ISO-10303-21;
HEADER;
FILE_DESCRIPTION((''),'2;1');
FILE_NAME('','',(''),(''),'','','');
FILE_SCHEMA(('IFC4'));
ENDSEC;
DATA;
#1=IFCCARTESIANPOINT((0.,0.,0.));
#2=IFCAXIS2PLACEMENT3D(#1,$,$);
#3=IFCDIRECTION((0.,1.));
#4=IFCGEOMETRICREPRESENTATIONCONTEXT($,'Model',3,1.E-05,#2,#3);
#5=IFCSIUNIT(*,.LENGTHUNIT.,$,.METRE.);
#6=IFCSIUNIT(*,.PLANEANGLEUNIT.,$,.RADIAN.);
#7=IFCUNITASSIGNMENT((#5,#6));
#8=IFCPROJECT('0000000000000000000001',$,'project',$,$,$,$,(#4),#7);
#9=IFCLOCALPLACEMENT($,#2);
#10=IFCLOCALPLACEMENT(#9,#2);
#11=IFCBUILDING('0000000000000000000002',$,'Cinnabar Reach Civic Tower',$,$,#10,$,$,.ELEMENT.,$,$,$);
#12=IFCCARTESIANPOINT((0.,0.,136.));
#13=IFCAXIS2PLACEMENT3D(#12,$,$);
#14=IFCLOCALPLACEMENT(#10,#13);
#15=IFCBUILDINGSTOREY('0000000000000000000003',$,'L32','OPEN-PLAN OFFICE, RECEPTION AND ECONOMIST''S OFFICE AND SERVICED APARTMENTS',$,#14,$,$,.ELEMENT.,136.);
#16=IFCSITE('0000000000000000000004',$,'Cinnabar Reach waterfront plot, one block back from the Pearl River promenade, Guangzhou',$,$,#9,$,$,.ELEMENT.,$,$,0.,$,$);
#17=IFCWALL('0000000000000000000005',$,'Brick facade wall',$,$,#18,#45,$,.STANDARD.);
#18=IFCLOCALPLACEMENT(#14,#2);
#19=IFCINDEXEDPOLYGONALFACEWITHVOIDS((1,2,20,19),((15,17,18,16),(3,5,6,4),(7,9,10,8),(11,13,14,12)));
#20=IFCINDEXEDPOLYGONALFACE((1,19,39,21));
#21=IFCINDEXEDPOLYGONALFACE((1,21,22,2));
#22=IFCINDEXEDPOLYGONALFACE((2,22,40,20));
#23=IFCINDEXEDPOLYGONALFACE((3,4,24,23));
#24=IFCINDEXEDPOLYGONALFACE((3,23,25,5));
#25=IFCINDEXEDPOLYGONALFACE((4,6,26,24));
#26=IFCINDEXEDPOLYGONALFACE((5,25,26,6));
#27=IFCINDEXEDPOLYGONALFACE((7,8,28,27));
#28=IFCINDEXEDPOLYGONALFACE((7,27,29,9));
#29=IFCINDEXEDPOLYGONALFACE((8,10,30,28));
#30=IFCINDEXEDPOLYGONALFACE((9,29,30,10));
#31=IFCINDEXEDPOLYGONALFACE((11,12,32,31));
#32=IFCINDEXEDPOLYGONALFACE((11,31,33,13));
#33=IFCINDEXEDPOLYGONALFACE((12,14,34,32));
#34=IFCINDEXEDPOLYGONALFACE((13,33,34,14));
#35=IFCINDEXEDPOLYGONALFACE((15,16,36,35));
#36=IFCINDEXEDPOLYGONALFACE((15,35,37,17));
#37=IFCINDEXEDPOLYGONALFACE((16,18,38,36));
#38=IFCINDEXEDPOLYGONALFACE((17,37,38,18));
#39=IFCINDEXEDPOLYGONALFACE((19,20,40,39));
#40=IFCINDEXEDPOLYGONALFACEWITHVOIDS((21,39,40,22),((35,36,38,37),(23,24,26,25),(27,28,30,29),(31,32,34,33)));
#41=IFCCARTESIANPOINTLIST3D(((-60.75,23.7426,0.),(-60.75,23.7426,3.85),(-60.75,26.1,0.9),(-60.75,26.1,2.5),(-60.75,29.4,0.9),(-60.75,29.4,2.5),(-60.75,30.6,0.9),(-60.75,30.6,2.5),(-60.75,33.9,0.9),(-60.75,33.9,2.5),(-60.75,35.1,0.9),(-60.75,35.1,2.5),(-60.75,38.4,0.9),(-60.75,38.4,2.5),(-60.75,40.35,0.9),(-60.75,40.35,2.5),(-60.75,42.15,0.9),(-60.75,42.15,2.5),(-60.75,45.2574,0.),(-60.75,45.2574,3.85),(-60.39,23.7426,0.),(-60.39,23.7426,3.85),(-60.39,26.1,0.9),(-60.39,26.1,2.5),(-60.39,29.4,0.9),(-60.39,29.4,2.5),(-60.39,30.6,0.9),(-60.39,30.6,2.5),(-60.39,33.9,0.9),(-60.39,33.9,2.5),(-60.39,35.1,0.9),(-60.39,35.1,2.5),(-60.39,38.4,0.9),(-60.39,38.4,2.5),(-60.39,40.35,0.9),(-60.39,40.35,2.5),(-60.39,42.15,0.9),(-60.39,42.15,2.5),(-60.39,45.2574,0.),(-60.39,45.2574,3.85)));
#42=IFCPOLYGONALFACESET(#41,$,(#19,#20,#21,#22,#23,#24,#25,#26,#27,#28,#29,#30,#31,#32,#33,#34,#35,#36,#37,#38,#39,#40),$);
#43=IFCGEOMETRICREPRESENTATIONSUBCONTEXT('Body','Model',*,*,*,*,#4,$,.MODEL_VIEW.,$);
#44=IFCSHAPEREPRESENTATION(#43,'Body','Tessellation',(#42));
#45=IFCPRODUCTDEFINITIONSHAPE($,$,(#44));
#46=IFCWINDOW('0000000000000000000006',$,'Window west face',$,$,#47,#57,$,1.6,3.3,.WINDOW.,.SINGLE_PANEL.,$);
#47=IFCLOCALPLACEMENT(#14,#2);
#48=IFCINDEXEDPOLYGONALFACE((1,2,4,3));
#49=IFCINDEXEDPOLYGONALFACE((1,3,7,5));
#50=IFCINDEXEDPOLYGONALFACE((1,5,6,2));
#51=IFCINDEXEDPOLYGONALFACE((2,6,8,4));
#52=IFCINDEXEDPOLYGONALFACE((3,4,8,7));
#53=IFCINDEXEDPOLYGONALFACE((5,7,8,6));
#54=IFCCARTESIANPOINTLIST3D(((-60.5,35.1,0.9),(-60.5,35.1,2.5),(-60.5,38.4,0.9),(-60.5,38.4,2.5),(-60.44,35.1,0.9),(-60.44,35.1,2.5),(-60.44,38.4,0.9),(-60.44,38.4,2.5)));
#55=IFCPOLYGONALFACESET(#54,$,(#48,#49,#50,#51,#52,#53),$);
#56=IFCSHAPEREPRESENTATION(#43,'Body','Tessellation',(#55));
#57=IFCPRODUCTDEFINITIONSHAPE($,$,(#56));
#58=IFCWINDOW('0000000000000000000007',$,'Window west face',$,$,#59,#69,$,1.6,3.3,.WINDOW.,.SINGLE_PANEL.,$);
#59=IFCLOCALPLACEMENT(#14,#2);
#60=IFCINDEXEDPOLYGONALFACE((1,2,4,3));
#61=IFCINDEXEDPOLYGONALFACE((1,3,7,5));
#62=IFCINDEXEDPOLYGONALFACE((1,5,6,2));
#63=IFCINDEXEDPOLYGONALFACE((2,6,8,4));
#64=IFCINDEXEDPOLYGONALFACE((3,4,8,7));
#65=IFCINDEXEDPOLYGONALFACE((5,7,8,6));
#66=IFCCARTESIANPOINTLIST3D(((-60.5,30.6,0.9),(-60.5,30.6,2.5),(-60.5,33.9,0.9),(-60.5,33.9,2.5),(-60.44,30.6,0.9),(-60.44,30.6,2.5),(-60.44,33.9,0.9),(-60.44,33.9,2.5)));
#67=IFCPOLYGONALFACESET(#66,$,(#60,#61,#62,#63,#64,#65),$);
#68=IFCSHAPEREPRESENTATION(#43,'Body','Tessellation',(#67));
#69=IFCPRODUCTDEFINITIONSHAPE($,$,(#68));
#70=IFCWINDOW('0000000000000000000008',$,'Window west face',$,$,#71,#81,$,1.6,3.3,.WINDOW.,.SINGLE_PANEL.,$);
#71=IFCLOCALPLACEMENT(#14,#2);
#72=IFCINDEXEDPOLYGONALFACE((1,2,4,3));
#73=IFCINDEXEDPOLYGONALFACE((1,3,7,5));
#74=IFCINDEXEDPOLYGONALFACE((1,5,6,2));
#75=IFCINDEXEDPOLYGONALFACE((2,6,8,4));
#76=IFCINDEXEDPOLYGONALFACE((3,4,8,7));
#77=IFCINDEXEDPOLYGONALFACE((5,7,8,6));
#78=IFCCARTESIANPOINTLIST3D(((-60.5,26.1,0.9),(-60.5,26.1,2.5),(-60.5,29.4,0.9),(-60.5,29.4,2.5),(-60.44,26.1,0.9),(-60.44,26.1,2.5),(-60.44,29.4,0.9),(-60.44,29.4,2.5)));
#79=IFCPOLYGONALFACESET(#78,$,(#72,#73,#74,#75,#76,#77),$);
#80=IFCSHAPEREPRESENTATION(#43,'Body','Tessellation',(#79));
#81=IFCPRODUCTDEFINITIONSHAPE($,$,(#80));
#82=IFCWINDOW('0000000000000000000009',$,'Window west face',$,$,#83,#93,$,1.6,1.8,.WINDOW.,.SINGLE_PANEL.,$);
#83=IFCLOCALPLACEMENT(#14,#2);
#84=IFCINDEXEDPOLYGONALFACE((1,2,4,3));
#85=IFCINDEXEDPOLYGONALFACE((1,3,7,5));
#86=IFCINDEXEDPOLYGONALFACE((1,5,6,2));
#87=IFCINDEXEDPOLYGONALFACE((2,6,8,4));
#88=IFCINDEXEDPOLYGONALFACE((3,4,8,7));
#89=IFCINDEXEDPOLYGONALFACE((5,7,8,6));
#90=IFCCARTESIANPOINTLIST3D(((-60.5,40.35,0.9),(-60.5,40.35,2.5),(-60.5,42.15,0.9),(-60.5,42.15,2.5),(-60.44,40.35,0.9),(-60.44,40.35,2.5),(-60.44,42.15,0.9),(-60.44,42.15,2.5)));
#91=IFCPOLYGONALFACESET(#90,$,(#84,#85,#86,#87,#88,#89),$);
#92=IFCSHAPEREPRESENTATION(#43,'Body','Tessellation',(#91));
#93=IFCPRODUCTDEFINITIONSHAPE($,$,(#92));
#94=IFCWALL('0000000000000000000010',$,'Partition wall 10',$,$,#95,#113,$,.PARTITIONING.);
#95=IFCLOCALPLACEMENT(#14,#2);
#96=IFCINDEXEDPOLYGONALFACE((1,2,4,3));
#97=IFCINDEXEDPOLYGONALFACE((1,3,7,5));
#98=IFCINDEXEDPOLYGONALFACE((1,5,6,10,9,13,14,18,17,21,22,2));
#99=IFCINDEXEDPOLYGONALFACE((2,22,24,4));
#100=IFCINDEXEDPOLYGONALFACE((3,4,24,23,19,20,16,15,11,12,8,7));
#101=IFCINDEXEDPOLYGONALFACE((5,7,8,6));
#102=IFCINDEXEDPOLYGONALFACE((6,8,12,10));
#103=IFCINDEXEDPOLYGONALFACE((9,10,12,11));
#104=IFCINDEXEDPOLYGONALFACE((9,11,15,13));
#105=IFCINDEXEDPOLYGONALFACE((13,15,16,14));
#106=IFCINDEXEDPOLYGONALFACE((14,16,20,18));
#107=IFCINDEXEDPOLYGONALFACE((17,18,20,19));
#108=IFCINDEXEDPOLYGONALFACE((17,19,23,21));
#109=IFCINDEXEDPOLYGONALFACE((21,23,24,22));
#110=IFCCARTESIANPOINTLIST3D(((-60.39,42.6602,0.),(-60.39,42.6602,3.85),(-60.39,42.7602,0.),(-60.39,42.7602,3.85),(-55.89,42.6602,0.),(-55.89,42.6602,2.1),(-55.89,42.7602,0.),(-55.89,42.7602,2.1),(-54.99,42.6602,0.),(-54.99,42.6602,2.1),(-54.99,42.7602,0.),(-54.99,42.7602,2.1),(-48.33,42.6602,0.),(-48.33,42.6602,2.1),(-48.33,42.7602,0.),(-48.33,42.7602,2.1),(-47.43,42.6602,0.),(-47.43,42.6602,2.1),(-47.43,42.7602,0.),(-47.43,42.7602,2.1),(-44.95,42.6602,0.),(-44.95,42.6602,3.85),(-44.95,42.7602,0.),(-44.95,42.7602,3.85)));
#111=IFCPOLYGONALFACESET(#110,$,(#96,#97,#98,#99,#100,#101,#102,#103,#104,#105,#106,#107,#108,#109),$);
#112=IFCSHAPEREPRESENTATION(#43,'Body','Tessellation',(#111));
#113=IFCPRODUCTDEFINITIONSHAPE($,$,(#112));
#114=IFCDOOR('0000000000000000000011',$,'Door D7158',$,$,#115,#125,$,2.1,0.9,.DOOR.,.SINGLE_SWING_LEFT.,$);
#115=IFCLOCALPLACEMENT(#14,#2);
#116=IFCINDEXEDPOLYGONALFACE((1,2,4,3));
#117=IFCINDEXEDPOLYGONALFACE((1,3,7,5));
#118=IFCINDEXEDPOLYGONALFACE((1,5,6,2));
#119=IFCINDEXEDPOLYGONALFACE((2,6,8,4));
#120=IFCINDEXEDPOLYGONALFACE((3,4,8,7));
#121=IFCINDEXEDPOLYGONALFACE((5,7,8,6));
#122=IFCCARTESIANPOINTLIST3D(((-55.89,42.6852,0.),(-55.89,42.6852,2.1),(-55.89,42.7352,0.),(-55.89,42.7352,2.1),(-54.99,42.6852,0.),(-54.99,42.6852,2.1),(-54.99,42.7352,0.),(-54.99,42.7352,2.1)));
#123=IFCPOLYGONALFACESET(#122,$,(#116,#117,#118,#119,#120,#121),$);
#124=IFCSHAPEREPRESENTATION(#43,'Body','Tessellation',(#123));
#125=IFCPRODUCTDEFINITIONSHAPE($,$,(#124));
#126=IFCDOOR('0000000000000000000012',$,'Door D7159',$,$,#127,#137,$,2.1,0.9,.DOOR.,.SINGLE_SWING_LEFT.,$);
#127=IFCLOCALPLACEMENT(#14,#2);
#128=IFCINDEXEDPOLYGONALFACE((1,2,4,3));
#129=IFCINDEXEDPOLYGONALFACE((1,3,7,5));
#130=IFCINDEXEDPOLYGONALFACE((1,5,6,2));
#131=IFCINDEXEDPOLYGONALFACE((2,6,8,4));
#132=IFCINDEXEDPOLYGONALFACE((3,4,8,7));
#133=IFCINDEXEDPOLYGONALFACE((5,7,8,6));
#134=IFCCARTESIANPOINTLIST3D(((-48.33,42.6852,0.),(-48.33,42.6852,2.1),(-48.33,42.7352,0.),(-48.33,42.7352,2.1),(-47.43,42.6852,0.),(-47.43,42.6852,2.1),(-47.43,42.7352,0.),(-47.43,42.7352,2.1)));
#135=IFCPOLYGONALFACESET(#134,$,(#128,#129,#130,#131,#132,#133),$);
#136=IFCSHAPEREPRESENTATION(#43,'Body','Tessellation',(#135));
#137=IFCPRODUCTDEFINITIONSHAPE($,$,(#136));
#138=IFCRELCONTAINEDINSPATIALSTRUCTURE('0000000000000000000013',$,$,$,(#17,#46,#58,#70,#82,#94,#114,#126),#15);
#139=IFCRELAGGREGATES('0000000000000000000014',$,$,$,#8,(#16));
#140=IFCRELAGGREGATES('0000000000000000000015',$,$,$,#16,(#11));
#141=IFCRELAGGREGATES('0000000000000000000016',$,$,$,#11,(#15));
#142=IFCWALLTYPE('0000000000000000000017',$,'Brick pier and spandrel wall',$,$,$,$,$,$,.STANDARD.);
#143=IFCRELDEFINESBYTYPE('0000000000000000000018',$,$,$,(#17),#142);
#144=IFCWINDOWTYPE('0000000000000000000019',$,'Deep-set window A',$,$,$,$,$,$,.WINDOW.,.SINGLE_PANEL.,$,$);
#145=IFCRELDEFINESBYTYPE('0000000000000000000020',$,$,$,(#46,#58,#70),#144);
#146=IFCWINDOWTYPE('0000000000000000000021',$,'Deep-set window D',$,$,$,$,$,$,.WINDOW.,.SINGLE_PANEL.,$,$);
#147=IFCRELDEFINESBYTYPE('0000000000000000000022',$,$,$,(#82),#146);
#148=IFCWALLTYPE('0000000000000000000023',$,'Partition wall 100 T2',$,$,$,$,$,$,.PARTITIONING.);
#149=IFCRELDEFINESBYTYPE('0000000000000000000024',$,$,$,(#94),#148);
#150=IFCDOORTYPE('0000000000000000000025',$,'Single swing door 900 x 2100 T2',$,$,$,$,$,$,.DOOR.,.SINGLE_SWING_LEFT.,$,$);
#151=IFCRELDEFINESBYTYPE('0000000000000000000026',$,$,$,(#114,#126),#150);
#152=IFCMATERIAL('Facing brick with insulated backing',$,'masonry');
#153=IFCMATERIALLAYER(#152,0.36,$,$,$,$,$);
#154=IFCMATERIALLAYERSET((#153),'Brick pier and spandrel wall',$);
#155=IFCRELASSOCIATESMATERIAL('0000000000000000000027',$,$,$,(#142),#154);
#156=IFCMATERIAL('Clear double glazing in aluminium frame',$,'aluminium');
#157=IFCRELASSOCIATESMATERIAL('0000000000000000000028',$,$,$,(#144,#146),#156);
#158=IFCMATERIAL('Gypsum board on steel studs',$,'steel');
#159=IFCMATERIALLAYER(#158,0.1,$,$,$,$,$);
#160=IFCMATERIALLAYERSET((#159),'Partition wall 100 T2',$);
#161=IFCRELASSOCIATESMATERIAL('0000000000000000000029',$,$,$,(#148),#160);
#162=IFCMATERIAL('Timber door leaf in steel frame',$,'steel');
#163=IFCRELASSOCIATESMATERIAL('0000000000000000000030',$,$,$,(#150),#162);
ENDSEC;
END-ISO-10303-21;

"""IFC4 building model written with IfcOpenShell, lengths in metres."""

from ifc_helpers import new_model, si_unit, direction, frame, frame_2d, origin, place, context, subcontext, project, spatial, rectangle, extrude, material, layer, layer_set, type_object, element, fill, save


model = new_model("IFC4")

# Units and contexts
model_context = context("Model", 3, precision=1e-05, world=origin(), true_north=direction((0.0, 1.0)))
body_context = subcontext(model_context, "Body", "Model", "MODEL_VIEW")
ifc_project = project(units=[si_unit("LENGTHUNIT", "METRE"), si_unit("PLANEANGLEUNIT", "RADIAN")], contexts=[model_context])

# Site, building, storey
site_placement = place(None, origin())
site = spatial("IfcSite", under=ifc_project, at=site_placement, Name="Cinnabar Reach waterfront plot, one block back from the Pearl River promenade, Guangzhou", CompositionType="ELEMENT", RefElevation=0.0)
building_placement = place(site_placement, origin())
building = spatial("IfcBuilding", under=site, at=building_placement, Name="Cinnabar Reach Civic Tower", CompositionType="ELEMENT")
storey_placement = place(building_placement, frame((0.0, 0.0, 136.0)))
storey = spatial("IfcBuildingStorey", under=building, at=storey_placement, Name="L32", Description="OPEN-PLAN OFFICE, RECEPTION AND ECONOMIST'S OFFICE AND SERVICED APARTMENTS", CompositionType="ELEMENT", Elevation=136.0)

# Shared definitions
ifc_material_1 = material(Name="Facing brick with insulated backing", Category="masonry")
ifc_layer_1 = layer(ifc_material_1, 0.36)
ifc_layer_set_1 = layer_set([ifc_layer_1], Name="Brick pier and spandrel wall")
wall_type_1 = type_object("IfcWallType", Name="Brick pier and spandrel wall", PredefinedType="STANDARD", material=ifc_layer_set_1)

# Wall, openings, windows
wall_1_placement = place(storey_placement, frame((-60.57, 45.2574, 0.0), z_axis=(0.0, 0.0, 1.0), x_axis=(0.0, -1.0, 0.0)))
wall_1 = element("IfcWall", 1, at=wall_1_placement, inside=storey, type_object=wall_type_1, Name="Brick facade wall", PredefinedType="STANDARD", context=body_context, shape_type="SweptSolid", body=[
    extrude(rectangle(XDim=21.5148, YDim=0.36, at=frame_2d((10.7574, 0.0))), origin(), (0.0, 0.0, 1.0), 3.85),
])
opening_1_placement = place(wall_1_placement, frame((3.1074, 0.0, 0.9)))
opening_1 = element("IfcOpeningElement", 2, at=opening_1_placement, cuts=wall_1, PredefinedType="OPENING", context=body_context, shape_type="SweptSolid", body=[
    extrude(rectangle(XDim=1.8, YDim=1.6, at=frame_2d((0.9, 0.8))), frame((0.0, 0.19, 0.0), z_axis=(0.0, -1.0, 0.0), x_axis=(1.0, 0.0, 0.0)), (0.0, 0.0, 1.0), 0.38),
])
opening_2_placement = place(wall_1_placement, frame((6.8574, 0.0, 0.9)))
opening_2 = element("IfcOpeningElement", 3, at=opening_2_placement, cuts=wall_1, PredefinedType="OPENING", context=body_context, shape_type="SweptSolid", body=[
    extrude(rectangle(XDim=3.3, YDim=1.6, at=frame_2d((1.65, 0.8))), frame((0.0, 0.19, 0.0), z_axis=(0.0, -1.0, 0.0), x_axis=(1.0, 0.0, 0.0)), (0.0, 0.0, 1.0), 0.38),
])
opening_3_placement = place(wall_1_placement, frame((11.3574, 0.0, 0.9)))
opening_3 = element("IfcOpeningElement", 4, at=opening_3_placement, cuts=wall_1, PredefinedType="OPENING", context=body_context, shape_type="SweptSolid", body=[
    extrude(rectangle(XDim=3.3, YDim=1.6, at=frame_2d((1.65, 0.8))), frame((0.0, 0.19, 0.0), z_axis=(0.0, -1.0, 0.0), x_axis=(1.0, 0.0, 0.0)), (0.0, 0.0, 1.0), 0.38),
])
opening_4_placement = place(wall_1_placement, frame((15.8574, 0.0, 0.9)))
opening_4 = element("IfcOpeningElement", 5, at=opening_4_placement, cuts=wall_1, PredefinedType="OPENING", context=body_context, shape_type="SweptSolid", body=[
    extrude(rectangle(XDim=3.3, YDim=1.6, at=frame_2d((1.65, 0.8))), frame((0.0, 0.19, 0.0), z_axis=(0.0, -1.0, 0.0), x_axis=(1.0, 0.0, 0.0)), (0.0, 0.0, 1.0), 0.38),
])
ifc_material_2 = material(Name="Clear double glazing in aluminium frame", Category="aluminium")
window_type_1 = type_object("IfcWindowType", Name="Deep-set window A", PartitioningType="SINGLE_PANEL", PredefinedType="WINDOW", material=ifc_material_2)
window_1_placement = place(opening_2_placement, origin())
window_1 = element("IfcWindow", 6, at=window_1_placement, inside=storey, type_object=window_type_1, Name="Window west face", OverallHeight=1.6, OverallWidth=3.3, PartitioningType="SINGLE_PANEL", PredefinedType="WINDOW", context=body_context, shape_type="SweptSolid", body=[
    extrude(rectangle(XDim=3.3, YDim=1.6, at=frame_2d((1.65, 0.8))), frame((0.0, 0.13, 0.0), z_axis=(0.0, -1.0, 0.0), x_axis=(1.0, 0.0, 0.0)), (0.0, 0.0, 1.0), 0.06),
])
fill(opening_2, window_1)
window_2_placement = place(opening_3_placement, origin())
window_2 = element("IfcWindow", 7, at=window_2_placement, inside=storey, type_object=window_type_1, Name="Window west face", OverallHeight=1.6, OverallWidth=3.3, PartitioningType="SINGLE_PANEL", PredefinedType="WINDOW", context=body_context, shape_type="SweptSolid", body=[
    extrude(rectangle(XDim=3.3, YDim=1.6, at=frame_2d((1.65, 0.8))), frame((0.0, 0.13, 0.0), z_axis=(0.0, -1.0, 0.0), x_axis=(1.0, 0.0, 0.0)), (0.0, 0.0, 1.0), 0.06),
])
fill(opening_3, window_2)
window_3_placement = place(opening_4_placement, origin())
window_3 = element("IfcWindow", 8, at=window_3_placement, inside=storey, type_object=window_type_1, Name="Window west face", OverallHeight=1.6, OverallWidth=3.3, PartitioningType="SINGLE_PANEL", PredefinedType="WINDOW", context=body_context, shape_type="SweptSolid", body=[
    extrude(rectangle(XDim=3.3, YDim=1.6, at=frame_2d((1.65, 0.8))), frame((0.0, 0.13, 0.0), z_axis=(0.0, -1.0, 0.0), x_axis=(1.0, 0.0, 0.0)), (0.0, 0.0, 1.0), 0.06),
])
fill(opening_4, window_3)
window_type_2 = type_object("IfcWindowType", Name="Deep-set window D", PartitioningType="SINGLE_PANEL", PredefinedType="WINDOW", material=ifc_material_2)
window_4_placement = place(opening_1_placement, origin())
window_4 = element("IfcWindow", 9, at=window_4_placement, inside=storey, type_object=window_type_2, Name="Window west face", OverallHeight=1.6, OverallWidth=1.8, PartitioningType="SINGLE_PANEL", PredefinedType="WINDOW", context=body_context, shape_type="SweptSolid", body=[
    extrude(rectangle(XDim=1.8, YDim=1.6, at=frame_2d((0.9, 0.8))), frame((0.0, 0.13, 0.0), z_axis=(0.0, -1.0, 0.0), x_axis=(1.0, 0.0, 0.0)), (0.0, 0.0, 1.0), 0.06),
])
fill(opening_1, window_4)

# Wall, openings, doors
ifc_material_3 = material(Name="Gypsum board on steel studs", Category="steel")
ifc_layer_2 = layer(ifc_material_3, 0.1)
ifc_layer_set_2 = layer_set([ifc_layer_2], Name="Partition wall 100 T2")
wall_type_2 = type_object("IfcWallType", Name="Partition wall 100 T2", PredefinedType="PARTITIONING", material=ifc_layer_set_2)
wall_2_placement = place(storey_placement, frame((-60.39, 42.7102, 0.0), z_axis=(0.0, 0.0, 1.0), x_axis=(1.0, 0.0, 0.0)))
wall_2 = element("IfcWall", 10, at=wall_2_placement, inside=storey, type_object=wall_type_2, Name="Partition wall 10", PredefinedType="PARTITIONING", context=body_context, shape_type="SweptSolid", body=[
    extrude(rectangle(XDim=15.44, YDim=0.1, at=frame_2d((7.72, 0.0))), origin(), (0.0, 0.0, 1.0), 3.85),
])
opening_5_placement = place(wall_2_placement, frame((4.5, 0.0, 0.0)))
opening_5 = element("IfcOpeningElement", 11, at=opening_5_placement, cuts=wall_2, PredefinedType="OPENING", context=body_context, shape_type="SweptSolid", body=[
    extrude(rectangle(XDim=0.9, YDim=2.1, at=frame_2d((0.45, 1.05))), frame((0.0, 0.06, 0.0), z_axis=(0.0, -1.0, 0.0), x_axis=(1.0, 0.0, 0.0)), (0.0, 0.0, 1.0), 0.12),
])
opening_6_placement = place(wall_2_placement, frame((12.06, 0.0, 0.0)))
opening_6 = element("IfcOpeningElement", 12, at=opening_6_placement, cuts=wall_2, PredefinedType="OPENING", context=body_context, shape_type="SweptSolid", body=[
    extrude(rectangle(XDim=0.9, YDim=2.1, at=frame_2d((0.45, 1.05))), frame((0.0, 0.06, 0.0), z_axis=(0.0, -1.0, 0.0), x_axis=(1.0, 0.0, 0.0)), (0.0, 0.0, 1.0), 0.12),
])
ifc_material_4 = material(Name="Timber door leaf in steel frame", Category="steel")
door_type = type_object("IfcDoorType", Name="Single swing door 900 x 2100 T2", OperationType="SINGLE_SWING_LEFT", PredefinedType="DOOR", material=ifc_material_4)
door_1_placement = place(opening_5_placement, frame((0.9, 0.0, 0.0), z_axis=(0.0, 0.0, 1.0), x_axis=(-1.0, 0.0, 0.0)))
door_1 = element("IfcDoor", 13, at=door_1_placement, inside=storey, type_object=door_type, Name="Door D7158", OperationType="SINGLE_SWING_LEFT", OverallHeight=2.1, OverallWidth=0.9, PredefinedType="DOOR", context=body_context, shape_type="SweptSolid", body=[
    extrude(rectangle(XDim=0.9, YDim=2.1, at=frame_2d((0.45, 1.05))), frame((0.0, 0.025, 0.0), z_axis=(0.0, -1.0, 0.0), x_axis=(1.0, 0.0, 0.0)), (0.0, 0.0, 1.0), 0.05),
])
fill(opening_5, door_1)
door_2_placement = place(opening_6_placement, origin())
door_2 = element("IfcDoor", 14, at=door_2_placement, inside=storey, type_object=door_type, Name="Door D7159", OperationType="SINGLE_SWING_LEFT", OverallHeight=2.1, OverallWidth=0.9, PredefinedType="DOOR", context=body_context, shape_type="SweptSolid", body=[
    extrude(rectangle(XDim=0.9, YDim=2.1, at=frame_2d((0.45, 1.05))), frame((0.0, 0.025, 0.0), z_axis=(0.0, -1.0, 0.0), x_axis=(1.0, 0.0, 0.0)), (0.0, 0.0, 1.0), 0.05),
])
fill(opening_6, door_2)

save(model, "model.ifc")
